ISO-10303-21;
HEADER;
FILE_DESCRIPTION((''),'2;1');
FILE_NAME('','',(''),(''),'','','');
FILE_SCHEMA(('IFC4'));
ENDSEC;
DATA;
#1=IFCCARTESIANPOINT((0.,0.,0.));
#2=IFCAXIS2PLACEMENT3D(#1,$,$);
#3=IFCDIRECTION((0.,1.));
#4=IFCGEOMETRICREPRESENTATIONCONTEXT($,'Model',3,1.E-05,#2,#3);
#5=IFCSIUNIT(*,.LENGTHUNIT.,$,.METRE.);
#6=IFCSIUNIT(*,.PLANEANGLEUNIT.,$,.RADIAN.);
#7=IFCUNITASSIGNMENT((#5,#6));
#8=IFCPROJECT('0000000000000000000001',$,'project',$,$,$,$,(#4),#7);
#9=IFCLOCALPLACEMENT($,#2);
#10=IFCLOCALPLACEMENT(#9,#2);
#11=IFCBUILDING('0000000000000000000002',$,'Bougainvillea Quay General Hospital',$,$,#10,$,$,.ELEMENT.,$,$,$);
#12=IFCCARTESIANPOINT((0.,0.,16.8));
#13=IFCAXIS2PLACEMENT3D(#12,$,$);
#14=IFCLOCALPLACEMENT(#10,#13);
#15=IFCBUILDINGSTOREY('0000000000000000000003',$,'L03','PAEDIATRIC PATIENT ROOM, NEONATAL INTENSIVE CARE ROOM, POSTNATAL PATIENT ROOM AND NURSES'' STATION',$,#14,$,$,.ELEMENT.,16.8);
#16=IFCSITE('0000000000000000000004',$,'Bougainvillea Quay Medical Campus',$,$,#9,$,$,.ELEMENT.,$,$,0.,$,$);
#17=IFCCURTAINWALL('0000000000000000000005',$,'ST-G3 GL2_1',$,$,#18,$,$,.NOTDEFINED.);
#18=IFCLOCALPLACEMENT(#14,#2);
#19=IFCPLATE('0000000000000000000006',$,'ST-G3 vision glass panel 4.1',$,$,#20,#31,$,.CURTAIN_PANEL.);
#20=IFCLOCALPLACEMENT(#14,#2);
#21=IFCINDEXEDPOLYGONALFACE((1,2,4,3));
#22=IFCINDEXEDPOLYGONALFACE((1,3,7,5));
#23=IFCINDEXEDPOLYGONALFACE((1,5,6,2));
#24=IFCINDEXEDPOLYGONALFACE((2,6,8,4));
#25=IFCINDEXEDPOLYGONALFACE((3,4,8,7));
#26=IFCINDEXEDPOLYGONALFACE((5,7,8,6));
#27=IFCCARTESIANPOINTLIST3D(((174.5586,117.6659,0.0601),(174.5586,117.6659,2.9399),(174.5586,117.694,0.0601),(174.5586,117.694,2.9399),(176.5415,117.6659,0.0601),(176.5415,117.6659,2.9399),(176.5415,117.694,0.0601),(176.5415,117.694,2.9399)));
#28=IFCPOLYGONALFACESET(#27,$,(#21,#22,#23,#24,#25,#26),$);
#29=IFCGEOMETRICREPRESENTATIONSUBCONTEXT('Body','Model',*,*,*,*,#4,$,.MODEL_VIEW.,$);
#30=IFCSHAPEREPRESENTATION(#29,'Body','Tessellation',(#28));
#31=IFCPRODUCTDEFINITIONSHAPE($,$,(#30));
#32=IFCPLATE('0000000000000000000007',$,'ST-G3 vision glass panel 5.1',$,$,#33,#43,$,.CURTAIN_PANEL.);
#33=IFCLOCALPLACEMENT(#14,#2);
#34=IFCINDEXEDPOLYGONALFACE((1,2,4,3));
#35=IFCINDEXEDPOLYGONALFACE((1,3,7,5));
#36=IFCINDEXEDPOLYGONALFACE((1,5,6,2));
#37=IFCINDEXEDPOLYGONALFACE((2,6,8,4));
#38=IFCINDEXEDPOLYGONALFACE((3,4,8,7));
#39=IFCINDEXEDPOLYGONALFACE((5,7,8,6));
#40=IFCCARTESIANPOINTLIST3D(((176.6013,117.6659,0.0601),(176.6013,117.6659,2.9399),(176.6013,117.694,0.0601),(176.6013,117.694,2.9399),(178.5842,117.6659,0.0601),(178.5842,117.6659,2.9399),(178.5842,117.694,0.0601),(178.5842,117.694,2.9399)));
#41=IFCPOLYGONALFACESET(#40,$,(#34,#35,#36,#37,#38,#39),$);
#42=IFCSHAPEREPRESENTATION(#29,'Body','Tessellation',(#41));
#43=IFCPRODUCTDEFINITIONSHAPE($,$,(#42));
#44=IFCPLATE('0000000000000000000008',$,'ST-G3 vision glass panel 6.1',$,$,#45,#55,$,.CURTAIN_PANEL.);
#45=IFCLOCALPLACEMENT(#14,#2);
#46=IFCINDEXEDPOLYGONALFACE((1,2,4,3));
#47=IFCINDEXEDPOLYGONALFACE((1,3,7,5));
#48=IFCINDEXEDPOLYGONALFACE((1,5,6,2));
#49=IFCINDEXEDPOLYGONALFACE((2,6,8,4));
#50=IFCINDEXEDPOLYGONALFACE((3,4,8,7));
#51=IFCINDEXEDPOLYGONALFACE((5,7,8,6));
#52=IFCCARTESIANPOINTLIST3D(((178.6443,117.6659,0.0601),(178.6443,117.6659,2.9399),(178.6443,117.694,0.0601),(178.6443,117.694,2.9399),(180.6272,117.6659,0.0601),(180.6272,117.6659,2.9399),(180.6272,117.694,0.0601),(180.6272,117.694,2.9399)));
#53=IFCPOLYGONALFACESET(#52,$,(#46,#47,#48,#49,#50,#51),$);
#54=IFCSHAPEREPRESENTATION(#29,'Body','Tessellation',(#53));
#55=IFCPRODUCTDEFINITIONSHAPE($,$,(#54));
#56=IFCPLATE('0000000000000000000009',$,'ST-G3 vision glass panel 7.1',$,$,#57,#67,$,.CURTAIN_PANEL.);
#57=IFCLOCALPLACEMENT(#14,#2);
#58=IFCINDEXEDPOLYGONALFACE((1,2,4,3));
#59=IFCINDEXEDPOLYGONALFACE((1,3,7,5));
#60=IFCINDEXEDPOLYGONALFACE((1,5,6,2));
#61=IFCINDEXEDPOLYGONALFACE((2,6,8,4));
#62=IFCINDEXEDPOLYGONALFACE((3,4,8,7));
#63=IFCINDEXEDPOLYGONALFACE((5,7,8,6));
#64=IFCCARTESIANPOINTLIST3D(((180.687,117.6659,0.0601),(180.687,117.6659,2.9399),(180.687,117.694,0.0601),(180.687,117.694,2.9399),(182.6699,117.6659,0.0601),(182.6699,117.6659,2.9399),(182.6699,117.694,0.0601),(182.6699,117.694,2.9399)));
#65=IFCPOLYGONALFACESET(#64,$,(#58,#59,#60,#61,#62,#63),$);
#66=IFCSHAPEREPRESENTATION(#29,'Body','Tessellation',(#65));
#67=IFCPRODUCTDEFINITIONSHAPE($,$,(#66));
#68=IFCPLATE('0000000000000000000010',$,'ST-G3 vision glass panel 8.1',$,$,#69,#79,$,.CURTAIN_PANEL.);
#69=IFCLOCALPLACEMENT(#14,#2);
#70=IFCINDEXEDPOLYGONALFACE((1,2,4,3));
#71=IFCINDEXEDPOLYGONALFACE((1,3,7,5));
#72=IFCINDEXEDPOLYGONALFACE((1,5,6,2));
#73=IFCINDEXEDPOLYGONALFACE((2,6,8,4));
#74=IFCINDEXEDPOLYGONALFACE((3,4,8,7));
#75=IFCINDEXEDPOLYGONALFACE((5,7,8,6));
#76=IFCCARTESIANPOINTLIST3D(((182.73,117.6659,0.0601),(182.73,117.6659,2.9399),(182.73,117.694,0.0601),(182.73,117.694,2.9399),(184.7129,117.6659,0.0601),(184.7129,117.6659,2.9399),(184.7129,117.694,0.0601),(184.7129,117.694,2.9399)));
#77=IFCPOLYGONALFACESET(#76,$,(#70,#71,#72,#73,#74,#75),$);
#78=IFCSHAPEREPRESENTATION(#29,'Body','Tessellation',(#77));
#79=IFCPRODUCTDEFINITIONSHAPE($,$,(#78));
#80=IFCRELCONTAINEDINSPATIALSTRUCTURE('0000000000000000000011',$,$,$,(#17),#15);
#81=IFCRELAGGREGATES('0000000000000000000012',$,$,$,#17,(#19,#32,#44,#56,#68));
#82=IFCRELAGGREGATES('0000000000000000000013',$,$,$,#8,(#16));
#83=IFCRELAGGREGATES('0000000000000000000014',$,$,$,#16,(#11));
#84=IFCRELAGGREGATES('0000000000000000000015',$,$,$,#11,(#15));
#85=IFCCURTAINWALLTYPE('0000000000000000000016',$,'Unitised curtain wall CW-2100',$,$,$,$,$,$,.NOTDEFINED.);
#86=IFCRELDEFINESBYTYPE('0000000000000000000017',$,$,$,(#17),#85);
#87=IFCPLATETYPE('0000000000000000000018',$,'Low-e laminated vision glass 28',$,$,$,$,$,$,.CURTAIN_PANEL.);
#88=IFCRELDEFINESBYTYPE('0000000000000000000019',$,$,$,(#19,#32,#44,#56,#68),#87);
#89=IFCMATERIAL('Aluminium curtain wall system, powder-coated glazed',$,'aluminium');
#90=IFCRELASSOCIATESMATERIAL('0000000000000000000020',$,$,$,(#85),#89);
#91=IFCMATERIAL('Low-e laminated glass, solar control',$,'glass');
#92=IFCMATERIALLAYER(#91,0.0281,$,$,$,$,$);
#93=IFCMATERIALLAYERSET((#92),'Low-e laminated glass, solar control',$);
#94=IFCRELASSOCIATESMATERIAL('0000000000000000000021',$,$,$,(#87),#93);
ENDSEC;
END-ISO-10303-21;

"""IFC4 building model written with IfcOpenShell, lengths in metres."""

from ifc_helpers import new_model, si_unit, direction, frame, origin, origin_2d, place, context, subcontext, project, spatial, rectangle, extrude, material, layer, layer_set, type_object, element, aggregate, save


model = new_model("IFC4")

# Units and contexts
model_context = context("Model", 3, precision=1e-05, world=origin(), true_north=direction((0.0, 1.0)))
body_context = subcontext(model_context, "Body", "Model", "MODEL_VIEW")
ifc_project = project(units=[si_unit("LENGTHUNIT", "METRE"), si_unit("PLANEANGLEUNIT", "RADIAN")], contexts=[model_context])

# Site, building, storey
site_placement = place(None, origin())
site = spatial("IfcSite", under=ifc_project, at=site_placement, Name="Bougainvillea Quay Medical Campus", CompositionType="ELEMENT", RefElevation=0.0)
building_placement = place(site_placement, origin())
building = spatial("IfcBuilding", under=site, at=building_placement, Name="Bougainvillea Quay General Hospital", CompositionType="ELEMENT")
storey_placement = place(building_placement, frame((0.0, 0.0, 16.8)))
storey = spatial("IfcBuildingStorey", under=building, at=storey_placement, Name="L03", Description="PAEDIATRIC PATIENT ROOM, NEONATAL INTENSIVE CARE ROOM, POSTNATAL PATIENT ROOM AND NURSES' STATION", CompositionType="ELEMENT", Elevation=16.8)

# Curtain wall, plates
ifc_material_1 = material(Name="Aluminium curtain wall system, powder-coated glazed", Category="aluminium")
curtain_wall_type = type_object("IfcCurtainWallType", Name="Unitised curtain wall CW-2100", PredefinedType="NOTDEFINED", material=ifc_material_1)
curtain_wall_placement = place(storey_placement, origin())
curtain_wall = element("IfcCurtainWall", 1, at=curtain_wall_placement, inside=storey, type_object=curtain_wall_type, Name="ST-G3 GL2_1", PredefinedType="NOTDEFINED")
ifc_material_2 = material(Name="Low-e laminated glass, solar control", Category="glass")
ifc_layer = layer(ifc_material_2, 0.0281)
ifc_layer_set = layer_set([ifc_layer], Name="Low-e laminated glass, solar control")
plate_type = type_object("IfcPlateType", Name="Low-e laminated vision glass 28", PredefinedType="CURTAIN_PANEL", material=ifc_layer_set)
plate_1_placement = place(storey_placement, frame((175.55, 117.6799, 0.0601), z_axis=(0.0, 0.0, 1.0), x_axis=(1.0, 0.0, 0.0)))
plate_1 = element("IfcPlate", 2, at=plate_1_placement, type_object=plate_type, Name="ST-G3 vision glass panel 4.1", PredefinedType="CURTAIN_PANEL", context=body_context, shape_type="SweptSolid", body=[
    extrude(rectangle(XDim=1.9829, YDim=0.0281, at=origin_2d()), origin(), (0.0, 0.0, 1.0), 2.8799),
])
plate_2_placement = place(storey_placement, frame((177.5928, 117.6799, 0.0601), z_axis=(0.0, 0.0, 1.0), x_axis=(1.0, 0.0, 0.0)))
plate_2 = element("IfcPlate", 3, at=plate_2_placement, type_object=plate_type, Name="ST-G3 vision glass panel 5.1", PredefinedType="CURTAIN_PANEL", context=body_context, shape_type="SweptSolid", body=[
    extrude(rectangle(XDim=1.9829, YDim=0.0281, at=origin_2d()), origin(), (0.0, 0.0, 1.0), 2.8799),
])
plate_3_placement = place(storey_placement, frame((179.6357, 117.6799, 0.0601), z_axis=(0.0, 0.0, 1.0), x_axis=(1.0, 0.0, 0.0)))
plate_3 = element("IfcPlate", 4, at=plate_3_placement, type_object=plate_type, Name="ST-G3 vision glass panel 6.1", PredefinedType="CURTAIN_PANEL", context=body_context, shape_type="SweptSolid", body=[
    extrude(rectangle(XDim=1.9829, YDim=0.0281, at=origin_2d()), origin(), (0.0, 0.0, 1.0), 2.8799),
])
plate_4_placement = place(storey_placement, frame((181.6785, 117.6799, 0.0601), z_axis=(0.0, 0.0, 1.0), x_axis=(1.0, 0.0, 0.0)))
plate_4 = element("IfcPlate", 5, at=plate_4_placement, type_object=plate_type, Name="ST-G3 vision glass panel 7.1", PredefinedType="CURTAIN_PANEL", context=body_context, shape_type="SweptSolid", body=[
    extrude(rectangle(XDim=1.9829, YDim=0.0281, at=origin_2d()), origin(), (0.0, 0.0, 1.0), 2.8799),
])
plate_5_placement = place(storey_placement, frame((183.7214, 117.6799, 0.0601), z_axis=(0.0, 0.0, 1.0), x_axis=(1.0, 0.0, 0.0)))
plate_5 = element("IfcPlate", 6, at=plate_5_placement, type_object=plate_type, Name="ST-G3 vision glass panel 8.1", PredefinedType="CURTAIN_PANEL", context=body_context, shape_type="SweptSolid", body=[
    extrude(rectangle(XDim=1.9829, YDim=0.0281, at=origin_2d()), origin(), (0.0, 0.0, 1.0), 2.8799),
])
aggregate(curtain_wall, [plate_1, plate_2, plate_3, plate_4, plate_5])

save(model, "model.ifc")
